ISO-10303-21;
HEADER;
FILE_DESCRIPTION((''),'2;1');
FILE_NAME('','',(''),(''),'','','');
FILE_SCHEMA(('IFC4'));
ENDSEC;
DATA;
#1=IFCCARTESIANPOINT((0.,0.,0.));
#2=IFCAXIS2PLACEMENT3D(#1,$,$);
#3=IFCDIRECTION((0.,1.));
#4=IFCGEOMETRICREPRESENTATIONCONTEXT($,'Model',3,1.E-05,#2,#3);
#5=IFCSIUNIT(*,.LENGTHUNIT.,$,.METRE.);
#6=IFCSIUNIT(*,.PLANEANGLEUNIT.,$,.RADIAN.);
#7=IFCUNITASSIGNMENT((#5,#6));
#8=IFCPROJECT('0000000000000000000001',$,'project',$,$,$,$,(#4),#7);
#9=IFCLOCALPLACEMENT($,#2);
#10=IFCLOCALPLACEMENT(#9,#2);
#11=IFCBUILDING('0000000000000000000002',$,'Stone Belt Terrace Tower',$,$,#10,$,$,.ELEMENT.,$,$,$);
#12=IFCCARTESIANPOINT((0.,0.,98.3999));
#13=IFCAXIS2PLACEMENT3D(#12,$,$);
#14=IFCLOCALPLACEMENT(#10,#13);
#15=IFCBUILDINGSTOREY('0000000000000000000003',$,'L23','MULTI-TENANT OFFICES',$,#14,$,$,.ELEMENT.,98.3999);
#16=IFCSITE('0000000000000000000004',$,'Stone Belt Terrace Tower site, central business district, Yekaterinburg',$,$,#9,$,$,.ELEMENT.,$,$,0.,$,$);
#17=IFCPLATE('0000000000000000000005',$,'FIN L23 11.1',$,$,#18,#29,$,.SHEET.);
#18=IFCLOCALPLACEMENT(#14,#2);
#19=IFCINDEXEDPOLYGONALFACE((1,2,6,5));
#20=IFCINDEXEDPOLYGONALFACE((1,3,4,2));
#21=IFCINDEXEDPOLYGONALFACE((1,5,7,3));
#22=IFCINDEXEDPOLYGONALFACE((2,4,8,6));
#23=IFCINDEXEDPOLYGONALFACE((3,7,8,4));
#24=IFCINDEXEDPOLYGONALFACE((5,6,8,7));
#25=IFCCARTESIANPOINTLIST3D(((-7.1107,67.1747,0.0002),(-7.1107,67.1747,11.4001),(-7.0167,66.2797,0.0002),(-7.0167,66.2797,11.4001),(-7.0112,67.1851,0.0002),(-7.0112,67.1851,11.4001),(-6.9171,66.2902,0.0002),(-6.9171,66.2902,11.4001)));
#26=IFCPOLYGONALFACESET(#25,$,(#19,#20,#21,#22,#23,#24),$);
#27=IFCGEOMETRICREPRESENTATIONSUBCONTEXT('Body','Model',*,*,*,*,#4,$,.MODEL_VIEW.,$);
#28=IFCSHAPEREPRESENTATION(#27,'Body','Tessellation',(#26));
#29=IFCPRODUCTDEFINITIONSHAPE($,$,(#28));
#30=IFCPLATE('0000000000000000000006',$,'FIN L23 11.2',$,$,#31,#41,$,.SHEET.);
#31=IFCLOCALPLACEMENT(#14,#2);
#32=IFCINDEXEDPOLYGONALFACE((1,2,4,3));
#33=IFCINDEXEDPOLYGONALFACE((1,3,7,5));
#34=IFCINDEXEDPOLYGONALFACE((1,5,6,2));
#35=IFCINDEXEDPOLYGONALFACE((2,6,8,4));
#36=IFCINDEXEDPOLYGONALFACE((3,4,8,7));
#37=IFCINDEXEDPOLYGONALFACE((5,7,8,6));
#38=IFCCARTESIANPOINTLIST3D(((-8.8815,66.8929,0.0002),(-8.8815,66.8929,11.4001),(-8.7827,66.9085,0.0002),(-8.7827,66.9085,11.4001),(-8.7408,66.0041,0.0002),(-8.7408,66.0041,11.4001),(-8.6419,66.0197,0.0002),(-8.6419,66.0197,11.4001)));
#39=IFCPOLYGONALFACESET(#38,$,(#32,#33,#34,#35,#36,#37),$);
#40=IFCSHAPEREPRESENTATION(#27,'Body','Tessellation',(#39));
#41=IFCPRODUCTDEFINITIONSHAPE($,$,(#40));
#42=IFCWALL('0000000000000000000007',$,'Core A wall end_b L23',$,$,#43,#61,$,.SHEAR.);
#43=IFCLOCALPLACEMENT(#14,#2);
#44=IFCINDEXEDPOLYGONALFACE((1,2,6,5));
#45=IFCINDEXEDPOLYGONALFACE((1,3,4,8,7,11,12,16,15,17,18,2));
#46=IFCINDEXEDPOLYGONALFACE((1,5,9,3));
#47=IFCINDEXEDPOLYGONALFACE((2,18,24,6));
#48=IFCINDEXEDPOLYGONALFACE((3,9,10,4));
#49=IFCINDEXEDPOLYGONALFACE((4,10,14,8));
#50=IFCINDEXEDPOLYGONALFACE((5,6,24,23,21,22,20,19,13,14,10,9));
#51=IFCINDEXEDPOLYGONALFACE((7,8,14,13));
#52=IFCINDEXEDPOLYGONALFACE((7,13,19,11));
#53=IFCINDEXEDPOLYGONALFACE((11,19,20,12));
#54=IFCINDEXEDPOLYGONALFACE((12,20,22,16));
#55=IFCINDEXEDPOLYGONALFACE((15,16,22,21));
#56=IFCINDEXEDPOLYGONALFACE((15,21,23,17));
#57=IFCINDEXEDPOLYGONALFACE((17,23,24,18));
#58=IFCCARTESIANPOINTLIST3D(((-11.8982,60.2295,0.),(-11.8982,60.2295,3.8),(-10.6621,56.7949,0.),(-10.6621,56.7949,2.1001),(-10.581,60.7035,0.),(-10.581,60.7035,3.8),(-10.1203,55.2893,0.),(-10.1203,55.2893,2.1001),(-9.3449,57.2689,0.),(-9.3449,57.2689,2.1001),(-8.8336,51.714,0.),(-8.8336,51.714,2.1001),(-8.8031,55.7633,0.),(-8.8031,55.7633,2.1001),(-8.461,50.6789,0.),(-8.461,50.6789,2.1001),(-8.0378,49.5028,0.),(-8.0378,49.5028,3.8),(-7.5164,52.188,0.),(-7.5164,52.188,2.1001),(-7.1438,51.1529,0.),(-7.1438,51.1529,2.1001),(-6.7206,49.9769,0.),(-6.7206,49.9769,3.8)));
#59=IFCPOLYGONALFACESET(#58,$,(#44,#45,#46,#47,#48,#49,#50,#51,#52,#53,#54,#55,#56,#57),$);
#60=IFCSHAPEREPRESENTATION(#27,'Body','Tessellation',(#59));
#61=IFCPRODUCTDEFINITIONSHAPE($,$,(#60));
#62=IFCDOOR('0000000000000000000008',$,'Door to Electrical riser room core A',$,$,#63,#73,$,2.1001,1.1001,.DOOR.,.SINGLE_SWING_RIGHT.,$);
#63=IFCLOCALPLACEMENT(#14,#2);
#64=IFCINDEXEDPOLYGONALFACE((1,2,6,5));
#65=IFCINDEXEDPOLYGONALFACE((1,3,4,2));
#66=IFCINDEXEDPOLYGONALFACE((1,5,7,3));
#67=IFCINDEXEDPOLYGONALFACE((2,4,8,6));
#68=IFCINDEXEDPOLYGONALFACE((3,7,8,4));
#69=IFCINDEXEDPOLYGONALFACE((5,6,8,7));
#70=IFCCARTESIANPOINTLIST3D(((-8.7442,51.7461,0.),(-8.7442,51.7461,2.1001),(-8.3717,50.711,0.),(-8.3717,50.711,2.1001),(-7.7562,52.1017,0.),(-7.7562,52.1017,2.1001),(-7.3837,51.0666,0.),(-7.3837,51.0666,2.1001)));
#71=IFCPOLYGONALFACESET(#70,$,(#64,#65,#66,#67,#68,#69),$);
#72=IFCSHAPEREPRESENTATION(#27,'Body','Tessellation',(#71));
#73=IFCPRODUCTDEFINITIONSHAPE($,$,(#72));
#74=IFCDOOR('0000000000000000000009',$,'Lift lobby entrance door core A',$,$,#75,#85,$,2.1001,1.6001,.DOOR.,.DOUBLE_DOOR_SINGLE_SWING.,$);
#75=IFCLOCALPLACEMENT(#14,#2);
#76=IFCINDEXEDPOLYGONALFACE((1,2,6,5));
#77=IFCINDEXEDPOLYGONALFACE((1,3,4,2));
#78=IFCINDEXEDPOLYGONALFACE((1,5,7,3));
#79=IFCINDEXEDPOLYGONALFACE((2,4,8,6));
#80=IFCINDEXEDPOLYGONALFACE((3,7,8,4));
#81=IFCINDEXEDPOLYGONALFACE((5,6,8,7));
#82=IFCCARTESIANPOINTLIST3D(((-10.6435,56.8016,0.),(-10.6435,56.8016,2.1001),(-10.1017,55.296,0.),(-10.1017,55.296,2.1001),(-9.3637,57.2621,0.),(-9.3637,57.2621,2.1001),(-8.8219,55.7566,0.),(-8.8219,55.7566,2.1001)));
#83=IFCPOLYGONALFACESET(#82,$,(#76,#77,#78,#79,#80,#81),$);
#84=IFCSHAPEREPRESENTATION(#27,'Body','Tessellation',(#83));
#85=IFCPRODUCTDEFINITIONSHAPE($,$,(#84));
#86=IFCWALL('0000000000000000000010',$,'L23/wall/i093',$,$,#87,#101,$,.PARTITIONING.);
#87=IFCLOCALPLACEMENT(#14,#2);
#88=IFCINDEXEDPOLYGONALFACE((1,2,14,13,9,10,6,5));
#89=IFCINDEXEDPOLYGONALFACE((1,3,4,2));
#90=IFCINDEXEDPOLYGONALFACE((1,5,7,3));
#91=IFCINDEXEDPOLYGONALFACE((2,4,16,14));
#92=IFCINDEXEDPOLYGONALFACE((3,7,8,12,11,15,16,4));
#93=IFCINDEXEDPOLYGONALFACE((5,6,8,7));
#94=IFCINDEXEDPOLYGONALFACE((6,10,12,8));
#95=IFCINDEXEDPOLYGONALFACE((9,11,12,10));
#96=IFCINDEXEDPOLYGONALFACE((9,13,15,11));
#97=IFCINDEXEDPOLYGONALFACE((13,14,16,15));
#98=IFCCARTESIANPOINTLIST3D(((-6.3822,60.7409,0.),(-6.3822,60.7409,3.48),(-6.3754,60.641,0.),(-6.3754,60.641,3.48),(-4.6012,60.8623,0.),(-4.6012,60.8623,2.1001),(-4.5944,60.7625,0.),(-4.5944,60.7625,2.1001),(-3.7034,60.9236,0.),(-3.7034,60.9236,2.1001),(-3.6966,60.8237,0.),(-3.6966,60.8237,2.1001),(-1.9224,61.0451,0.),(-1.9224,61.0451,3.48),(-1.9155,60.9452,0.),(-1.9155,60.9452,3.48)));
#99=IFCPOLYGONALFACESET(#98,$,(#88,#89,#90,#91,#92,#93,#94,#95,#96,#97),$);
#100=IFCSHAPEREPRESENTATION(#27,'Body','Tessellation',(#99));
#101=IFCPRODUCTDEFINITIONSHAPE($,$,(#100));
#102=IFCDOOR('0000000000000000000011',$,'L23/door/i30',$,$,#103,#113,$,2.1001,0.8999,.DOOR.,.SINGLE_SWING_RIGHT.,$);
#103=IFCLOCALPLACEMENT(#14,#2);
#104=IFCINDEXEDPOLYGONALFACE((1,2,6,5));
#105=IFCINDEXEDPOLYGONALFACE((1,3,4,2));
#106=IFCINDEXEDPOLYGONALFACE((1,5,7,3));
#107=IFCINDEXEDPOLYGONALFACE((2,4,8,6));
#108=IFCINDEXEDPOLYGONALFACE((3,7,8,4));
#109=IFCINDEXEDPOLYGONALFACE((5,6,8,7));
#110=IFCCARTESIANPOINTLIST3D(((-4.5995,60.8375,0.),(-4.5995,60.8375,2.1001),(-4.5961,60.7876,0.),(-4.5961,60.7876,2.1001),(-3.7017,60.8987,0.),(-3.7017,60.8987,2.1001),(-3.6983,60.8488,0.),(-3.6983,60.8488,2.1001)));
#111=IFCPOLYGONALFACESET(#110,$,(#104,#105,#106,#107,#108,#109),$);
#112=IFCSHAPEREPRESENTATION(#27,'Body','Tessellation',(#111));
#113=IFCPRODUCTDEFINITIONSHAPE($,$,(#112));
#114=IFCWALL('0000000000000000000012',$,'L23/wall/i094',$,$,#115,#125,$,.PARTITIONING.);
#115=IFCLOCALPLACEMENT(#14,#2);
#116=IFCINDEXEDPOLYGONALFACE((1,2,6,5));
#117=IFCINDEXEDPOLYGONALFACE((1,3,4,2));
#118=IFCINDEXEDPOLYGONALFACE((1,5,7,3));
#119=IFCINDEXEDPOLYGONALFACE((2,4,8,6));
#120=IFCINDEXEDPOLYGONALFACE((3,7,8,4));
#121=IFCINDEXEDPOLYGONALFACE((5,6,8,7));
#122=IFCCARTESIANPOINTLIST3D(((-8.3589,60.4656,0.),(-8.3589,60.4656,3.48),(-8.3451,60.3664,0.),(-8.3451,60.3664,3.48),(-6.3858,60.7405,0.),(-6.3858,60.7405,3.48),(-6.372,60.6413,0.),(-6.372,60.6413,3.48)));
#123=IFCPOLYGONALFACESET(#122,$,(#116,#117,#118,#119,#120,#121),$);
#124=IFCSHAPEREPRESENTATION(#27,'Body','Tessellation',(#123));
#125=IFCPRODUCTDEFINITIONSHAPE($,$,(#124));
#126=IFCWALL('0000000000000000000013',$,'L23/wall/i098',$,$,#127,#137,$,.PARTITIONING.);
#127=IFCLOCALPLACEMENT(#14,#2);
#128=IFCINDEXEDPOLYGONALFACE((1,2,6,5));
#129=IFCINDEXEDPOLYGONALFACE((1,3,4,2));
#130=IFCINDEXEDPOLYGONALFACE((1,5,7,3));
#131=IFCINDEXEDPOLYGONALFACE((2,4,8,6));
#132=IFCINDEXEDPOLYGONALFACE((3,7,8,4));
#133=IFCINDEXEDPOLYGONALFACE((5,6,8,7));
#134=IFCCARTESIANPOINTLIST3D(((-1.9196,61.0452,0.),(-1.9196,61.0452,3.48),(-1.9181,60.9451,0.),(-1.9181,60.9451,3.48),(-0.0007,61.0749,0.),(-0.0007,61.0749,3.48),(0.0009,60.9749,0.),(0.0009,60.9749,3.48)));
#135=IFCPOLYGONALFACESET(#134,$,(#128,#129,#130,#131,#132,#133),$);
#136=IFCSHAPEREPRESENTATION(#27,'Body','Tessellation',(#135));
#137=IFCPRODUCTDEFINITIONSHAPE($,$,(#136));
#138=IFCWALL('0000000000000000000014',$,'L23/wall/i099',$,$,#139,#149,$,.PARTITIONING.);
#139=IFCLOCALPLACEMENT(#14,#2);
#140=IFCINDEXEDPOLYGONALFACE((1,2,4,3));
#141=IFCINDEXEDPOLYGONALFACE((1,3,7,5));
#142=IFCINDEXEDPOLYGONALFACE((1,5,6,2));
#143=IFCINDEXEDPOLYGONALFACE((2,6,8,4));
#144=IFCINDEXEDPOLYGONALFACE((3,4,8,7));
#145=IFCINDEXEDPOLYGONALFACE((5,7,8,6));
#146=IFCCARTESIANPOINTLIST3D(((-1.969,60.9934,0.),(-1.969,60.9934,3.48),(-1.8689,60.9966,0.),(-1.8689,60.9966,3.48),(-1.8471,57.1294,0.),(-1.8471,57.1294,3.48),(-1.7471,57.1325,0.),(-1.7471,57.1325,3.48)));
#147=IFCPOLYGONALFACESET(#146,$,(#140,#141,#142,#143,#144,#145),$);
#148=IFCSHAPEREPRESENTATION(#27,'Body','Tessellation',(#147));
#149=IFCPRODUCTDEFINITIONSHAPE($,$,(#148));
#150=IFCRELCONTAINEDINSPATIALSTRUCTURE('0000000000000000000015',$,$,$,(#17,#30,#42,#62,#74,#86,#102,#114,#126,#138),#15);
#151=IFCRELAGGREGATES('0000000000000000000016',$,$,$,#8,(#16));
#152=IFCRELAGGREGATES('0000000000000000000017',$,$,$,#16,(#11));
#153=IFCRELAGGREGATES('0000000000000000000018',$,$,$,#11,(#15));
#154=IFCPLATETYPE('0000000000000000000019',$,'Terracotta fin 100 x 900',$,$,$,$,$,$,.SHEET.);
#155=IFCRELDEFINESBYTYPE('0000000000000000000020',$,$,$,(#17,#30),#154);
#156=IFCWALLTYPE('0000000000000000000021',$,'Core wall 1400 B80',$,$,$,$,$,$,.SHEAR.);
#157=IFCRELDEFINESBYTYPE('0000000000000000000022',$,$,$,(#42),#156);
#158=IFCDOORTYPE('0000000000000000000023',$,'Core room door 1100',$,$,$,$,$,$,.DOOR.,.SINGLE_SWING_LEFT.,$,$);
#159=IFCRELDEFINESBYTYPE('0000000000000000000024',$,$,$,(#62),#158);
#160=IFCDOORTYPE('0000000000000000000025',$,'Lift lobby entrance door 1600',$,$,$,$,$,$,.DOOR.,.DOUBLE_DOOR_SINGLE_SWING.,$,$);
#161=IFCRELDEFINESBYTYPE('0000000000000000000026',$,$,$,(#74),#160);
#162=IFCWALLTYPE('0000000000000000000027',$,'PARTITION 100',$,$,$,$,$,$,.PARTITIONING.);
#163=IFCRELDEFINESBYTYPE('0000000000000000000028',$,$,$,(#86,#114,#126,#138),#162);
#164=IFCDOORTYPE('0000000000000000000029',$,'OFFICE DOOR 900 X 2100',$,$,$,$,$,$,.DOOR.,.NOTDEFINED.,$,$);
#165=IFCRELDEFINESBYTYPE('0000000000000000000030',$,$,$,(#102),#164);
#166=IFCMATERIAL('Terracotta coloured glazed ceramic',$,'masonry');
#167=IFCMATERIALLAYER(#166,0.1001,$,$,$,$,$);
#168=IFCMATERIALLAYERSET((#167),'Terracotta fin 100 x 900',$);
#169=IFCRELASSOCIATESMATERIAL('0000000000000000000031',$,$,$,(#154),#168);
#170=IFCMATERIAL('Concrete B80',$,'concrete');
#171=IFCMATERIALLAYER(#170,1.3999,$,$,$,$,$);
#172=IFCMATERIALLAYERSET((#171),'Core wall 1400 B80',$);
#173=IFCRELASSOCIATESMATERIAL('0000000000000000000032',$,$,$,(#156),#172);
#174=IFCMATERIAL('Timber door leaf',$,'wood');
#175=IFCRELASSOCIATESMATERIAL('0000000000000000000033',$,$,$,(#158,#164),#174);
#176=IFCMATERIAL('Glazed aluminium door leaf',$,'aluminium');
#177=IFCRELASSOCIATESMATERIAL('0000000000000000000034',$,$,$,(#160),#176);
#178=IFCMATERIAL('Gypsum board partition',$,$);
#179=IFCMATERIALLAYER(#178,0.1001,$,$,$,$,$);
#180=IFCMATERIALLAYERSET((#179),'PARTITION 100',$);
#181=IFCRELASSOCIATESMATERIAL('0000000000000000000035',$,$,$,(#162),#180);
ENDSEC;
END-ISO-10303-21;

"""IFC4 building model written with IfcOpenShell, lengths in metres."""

from ifc_helpers import new_model, si_unit, direction, frame, frame_2d, origin, origin_2d, place, context, subcontext, project, spatial, rectangle, extrude, material, layer, layer_set, type_object, element, fill, save


model = new_model("IFC4")

# Units and contexts
model_context = context("Model", 3, precision=1e-05, world=origin(), true_north=direction((0.0, 1.0)))
body_context = subcontext(model_context, "Body", "Model", "MODEL_VIEW")
ifc_project = project(units=[si_unit("LENGTHUNIT", "METRE"), si_unit("PLANEANGLEUNIT", "RADIAN")], contexts=[model_context])

# Site, building, storey
site_placement = place(None, origin())
site = spatial("IfcSite", under=ifc_project, at=site_placement, Name="Stone Belt Terrace Tower site, central business district, Yekaterinburg", CompositionType="ELEMENT", RefElevation=0.0)
building_placement = place(site_placement, origin())
building = spatial("IfcBuilding", under=site, at=building_placement, Name="Stone Belt Terrace Tower", CompositionType="ELEMENT")
storey_placement = place(building_placement, frame((0.0, 0.0, 98.3999)))
storey = spatial("IfcBuildingStorey", under=building, at=storey_placement, Name="L23", Description="MULTI-TENANT OFFICES", CompositionType="ELEMENT", Elevation=98.3999)

# Shared definitions
ifc_material_1 = material(Name="Concrete B80", Category="concrete")

# Plates
ifc_material_2 = material(Name="Terracotta coloured glazed ceramic", Category="masonry")
ifc_layer_1 = layer(ifc_material_2, 0.1001)
ifc_layer_set_1 = layer_set([ifc_layer_1], Name="Terracotta fin 100 x 900")
plate_type_1 = type_object("IfcPlateType", Name="Terracotta fin 100 x 900", PredefinedType="SHEET", material=ifc_layer_set_1)
for number, where, z_axis, x_axis, name in (
    (1, (-7.0139, 66.7324, 0.0002), (0.0, 0.0, 1.0), (-0.104528, 0.994522, 0.0), "FIN L23 11.1"),
    (2, (-8.7617, 66.4563, 0.0002), (0.0, 0.0, 1.0), (-0.156434, 0.987688, 0.0), "FIN L23 11.2"),
):
    element("IfcPlate", number, at=place(storey_placement, frame(where, z_axis=z_axis, x_axis=x_axis)), inside=storey, type_object=plate_type_1, Name=name, PredefinedType="SHEET", context=body_context, shape_type="SweptSolid", body=[
        extrude(rectangle(XDim=0.8999, YDim=0.1001, at=origin_2d()), origin(), (0.0, 0.0, 1.0), 11.3999),
    ])

# Wall, openings, doors
ifc_layer_2 = layer(ifc_material_1, 1.3999)
ifc_layer_set_2 = layer_set([ifc_layer_2], Name="Core wall 1400 B80")
wall_type_1 = type_object("IfcWallType", Name="Core wall 1400 B80", PredefinedType="SHEAR", material=ifc_layer_set_2)
wall_1_placement = place(storey_placement, frame((-7.3792, 49.7397, 0.0), z_axis=(0.0, 0.0, 1.0), x_axis=(-0.338625, 0.940921, 0.0)))
wall_1 = element("IfcWall", 3, at=wall_1_placement, inside=storey, type_object=wall_type_1, Name="Core A wall end_b L23", PredefinedType="SHEAR", context=body_context, shape_type="SweptSolid", body=[
    extrude(rectangle(XDim=11.4001, YDim=1.3999, at=frame_2d((5.7002, 0.0))), origin(), (0.0, 0.0, 1.0), 3.8),
])
opening_1_placement = place(wall_1_placement, frame((6.1499, 0.0, 0.0)))
opening_1 = element("IfcOpeningElement", 4, at=opening_1_placement, cuts=wall_1, PredefinedType="OPENING", context=body_context, shape_type="SweptSolid", body=[
    extrude(rectangle(XDim=1.6001, YDim=2.1001, at=frame_2d((0.8, 1.05))), frame((0.0, 0.71, 0.0), z_axis=(0.0, -1.0, 0.0), x_axis=(1.0, 0.0, 0.0)), (0.0, 0.0, 1.0), 1.4199),
])
opening_2_placement = place(wall_1_placement, frame((1.25, 0.0, 0.0)))
opening_2 = element("IfcOpeningElement", 5, at=opening_2_placement, cuts=wall_1, PredefinedType="OPENING", context=body_context, shape_type="SweptSolid", body=[
    extrude(rectangle(XDim=1.1001, YDim=2.1001, at=frame_2d((0.55, 1.05))), frame((0.0, 0.71, 0.0), z_axis=(0.0, -1.0, 0.0), x_axis=(1.0, 0.0, 0.0)), (0.0, 0.0, 1.0), 1.4199),
])
ifc_material_3 = material(Name="Timber door leaf", Category="wood")
door_type_1 = type_object("IfcDoorType", Name="Core room door 1100", OperationType="SINGLE_SWING_LEFT", PredefinedType="DOOR", material=ifc_material_3)
door_1_placement = place(opening_2_placement, origin())
door_1 = element("IfcDoor", 6, at=door_1_placement, inside=storey, type_object=door_type_1, Name="Door to Electrical riser room core A", OperationType="SINGLE_SWING_RIGHT", OverallHeight=2.1001, OverallWidth=1.1001, PredefinedType="DOOR", context=body_context, shape_type="SweptSolid", body=[
    extrude(rectangle(XDim=1.1001, YDim=2.1001, at=frame_2d((0.55, 1.05))), frame((0.0, 0.605, 0.0), z_axis=(0.0, -1.0, 0.0), x_axis=(1.0, 0.0, 0.0)), (0.0, 0.0, 1.0), 1.05),
])
fill(opening_2, door_1)
ifc_material_4 = material(Name="Glazed aluminium door leaf", Category="aluminium")
door_type_2 = type_object("IfcDoorType", Name="Lift lobby entrance door 1600", OperationType="DOUBLE_DOOR_SINGLE_SWING", PredefinedType="DOOR", material=ifc_material_4)
door_2_placement = place(opening_1_placement, origin())
door_2 = element("IfcDoor", 7, at=door_2_placement, inside=storey, type_object=door_type_2, Name="Lift lobby entrance door core A", OperationType="DOUBLE_DOOR_SINGLE_SWING", OverallHeight=2.1001, OverallWidth=1.6001, PredefinedType="DOOR", context=body_context, shape_type="SweptSolid", body=[
    extrude(rectangle(XDim=1.6001, YDim=2.1001, at=frame_2d((0.8, 1.05))), frame((0.0, 0.6802, 0.0), z_axis=(0.0, -1.0, 0.0), x_axis=(1.0, 0.0, 0.0)), (0.0, 0.0, 1.0), 1.3601),
])
fill(opening_1, door_2)

# Wall, opening, door
ifc_material_5 = material(Name="Gypsum board partition")
ifc_layer_3 = layer(ifc_material_5, 0.1001)
ifc_layer_set_3 = layer_set([ifc_layer_3], Name="PARTITION 100")
wall_type_2 = type_object("IfcWallType", Name="PARTITION 100", PredefinedType="PARTITIONING", material=ifc_layer_set_3)
wall_2_placement = place(storey_placement, frame((-1.9189, 60.9951, 0.0), z_axis=(0.0, 0.0, 1.0), x_axis=(-0.997682, -0.068049, 0.0)))
wall_2 = element("IfcWall", 8, at=wall_2_placement, inside=storey, type_object=wall_type_2, Name="L23/wall/i093", PredefinedType="PARTITIONING", context=body_context, shape_type="SweptSolid", body=[
    extrude(rectangle(XDim=4.4702, YDim=0.1001, at=frame_2d((2.2351, 0.0))), origin(), (0.0, 0.0, 1.0), 3.48),
])
opening_3_placement = place(wall_2_placement, frame((1.7852, 0.0, 0.0)))
opening_3 = element("IfcOpeningElement", 9, at=opening_3_placement, cuts=wall_2, PredefinedType="OPENING", context=body_context, shape_type="SweptSolid", body=[
    extrude(rectangle(XDim=0.8999, YDim=2.1001, at=frame_2d((0.45, 1.05))), frame((0.0, 0.0601, 0.0), z_axis=(0.0, -1.0, 0.0), x_axis=(1.0, 0.0, 0.0)), (0.0, 0.0, 1.0), 0.1201),
])
door_type_3 = type_object("IfcDoorType", Name="OFFICE DOOR 900 X 2100", OperationType="NOTDEFINED", PredefinedType="DOOR", material=ifc_material_3)
door_3_placement = place(opening_3_placement, origin())
door_3 = element("IfcDoor", 10, at=door_3_placement, inside=storey, type_object=door_type_3, Name="L23/door/i30", OperationType="SINGLE_SWING_RIGHT", OverallHeight=2.1001, OverallWidth=0.8999, PredefinedType="DOOR", context=body_context, shape_type="SweptSolid", body=[
    extrude(rectangle(XDim=0.8999, YDim=2.1001, at=frame_2d((0.45, 1.05))), frame((0.0, 0.0249, 0.0), z_axis=(0.0, -1.0, 0.0), x_axis=(1.0, 0.0, 0.0)), (0.0, 0.0, 1.0), 0.05),
])
fill(opening_3, door_3)

# Walls
wall_3_placement = place(storey_placement, frame((-6.3789, 60.6909, 0.0), z_axis=(0.0, 0.0, 1.0), x_axis=(-0.990434, -0.137989, 0.0)))
element("IfcWall", 11, at=wall_3_placement, inside=storey, type_object=wall_type_2, Name="L23/wall/i094", PredefinedType="PARTITIONING", context=body_context, shape_type="SweptSolid", body=[
    extrude(rectangle(XDim=1.9922, YDim=0.1001, at=frame_2d((0.9961, 0.0))), origin(), (0.0, 0.0, 1.0), 3.48),
])
wall_4_placement = place(storey_placement, frame((0.0, 61.0249, 0.0), z_axis=(0.0, 0.0, 1.0), x_axis=(-0.99988, -0.01552, 0.0)))
element("IfcWall", 12, at=wall_4_placement, inside=storey, type_object=wall_type_2, Name="L23/wall/i098", PredefinedType="PARTITIONING", context=body_context, shape_type="SweptSolid", body=[
    extrude(rectangle(XDim=1.9192, YDim=0.1001, at=frame_2d((0.9595, 0.0))), origin(), (0.0, 0.0, 1.0), 3.48),
])
wall_5_placement = place(storey_placement, frame((-1.9189, 60.9951, 0.0), z_axis=(0.0, 0.0, 1.0), x_axis=(0.031513, -0.999503, 0.0)))
element("IfcWall", 13, at=wall_5_placement, inside=storey, type_object=wall_type_2, Name="L23/wall/i099", PredefinedType="PARTITIONING", context=body_context, shape_type="SweptSolid", body=[
    extrude(rectangle(XDim=3.866, YDim=0.1001, at=frame_2d((1.9331, 0.0))), origin(), (0.0, 0.0, 1.0), 3.48),
])

save(model, "model.ifc")
